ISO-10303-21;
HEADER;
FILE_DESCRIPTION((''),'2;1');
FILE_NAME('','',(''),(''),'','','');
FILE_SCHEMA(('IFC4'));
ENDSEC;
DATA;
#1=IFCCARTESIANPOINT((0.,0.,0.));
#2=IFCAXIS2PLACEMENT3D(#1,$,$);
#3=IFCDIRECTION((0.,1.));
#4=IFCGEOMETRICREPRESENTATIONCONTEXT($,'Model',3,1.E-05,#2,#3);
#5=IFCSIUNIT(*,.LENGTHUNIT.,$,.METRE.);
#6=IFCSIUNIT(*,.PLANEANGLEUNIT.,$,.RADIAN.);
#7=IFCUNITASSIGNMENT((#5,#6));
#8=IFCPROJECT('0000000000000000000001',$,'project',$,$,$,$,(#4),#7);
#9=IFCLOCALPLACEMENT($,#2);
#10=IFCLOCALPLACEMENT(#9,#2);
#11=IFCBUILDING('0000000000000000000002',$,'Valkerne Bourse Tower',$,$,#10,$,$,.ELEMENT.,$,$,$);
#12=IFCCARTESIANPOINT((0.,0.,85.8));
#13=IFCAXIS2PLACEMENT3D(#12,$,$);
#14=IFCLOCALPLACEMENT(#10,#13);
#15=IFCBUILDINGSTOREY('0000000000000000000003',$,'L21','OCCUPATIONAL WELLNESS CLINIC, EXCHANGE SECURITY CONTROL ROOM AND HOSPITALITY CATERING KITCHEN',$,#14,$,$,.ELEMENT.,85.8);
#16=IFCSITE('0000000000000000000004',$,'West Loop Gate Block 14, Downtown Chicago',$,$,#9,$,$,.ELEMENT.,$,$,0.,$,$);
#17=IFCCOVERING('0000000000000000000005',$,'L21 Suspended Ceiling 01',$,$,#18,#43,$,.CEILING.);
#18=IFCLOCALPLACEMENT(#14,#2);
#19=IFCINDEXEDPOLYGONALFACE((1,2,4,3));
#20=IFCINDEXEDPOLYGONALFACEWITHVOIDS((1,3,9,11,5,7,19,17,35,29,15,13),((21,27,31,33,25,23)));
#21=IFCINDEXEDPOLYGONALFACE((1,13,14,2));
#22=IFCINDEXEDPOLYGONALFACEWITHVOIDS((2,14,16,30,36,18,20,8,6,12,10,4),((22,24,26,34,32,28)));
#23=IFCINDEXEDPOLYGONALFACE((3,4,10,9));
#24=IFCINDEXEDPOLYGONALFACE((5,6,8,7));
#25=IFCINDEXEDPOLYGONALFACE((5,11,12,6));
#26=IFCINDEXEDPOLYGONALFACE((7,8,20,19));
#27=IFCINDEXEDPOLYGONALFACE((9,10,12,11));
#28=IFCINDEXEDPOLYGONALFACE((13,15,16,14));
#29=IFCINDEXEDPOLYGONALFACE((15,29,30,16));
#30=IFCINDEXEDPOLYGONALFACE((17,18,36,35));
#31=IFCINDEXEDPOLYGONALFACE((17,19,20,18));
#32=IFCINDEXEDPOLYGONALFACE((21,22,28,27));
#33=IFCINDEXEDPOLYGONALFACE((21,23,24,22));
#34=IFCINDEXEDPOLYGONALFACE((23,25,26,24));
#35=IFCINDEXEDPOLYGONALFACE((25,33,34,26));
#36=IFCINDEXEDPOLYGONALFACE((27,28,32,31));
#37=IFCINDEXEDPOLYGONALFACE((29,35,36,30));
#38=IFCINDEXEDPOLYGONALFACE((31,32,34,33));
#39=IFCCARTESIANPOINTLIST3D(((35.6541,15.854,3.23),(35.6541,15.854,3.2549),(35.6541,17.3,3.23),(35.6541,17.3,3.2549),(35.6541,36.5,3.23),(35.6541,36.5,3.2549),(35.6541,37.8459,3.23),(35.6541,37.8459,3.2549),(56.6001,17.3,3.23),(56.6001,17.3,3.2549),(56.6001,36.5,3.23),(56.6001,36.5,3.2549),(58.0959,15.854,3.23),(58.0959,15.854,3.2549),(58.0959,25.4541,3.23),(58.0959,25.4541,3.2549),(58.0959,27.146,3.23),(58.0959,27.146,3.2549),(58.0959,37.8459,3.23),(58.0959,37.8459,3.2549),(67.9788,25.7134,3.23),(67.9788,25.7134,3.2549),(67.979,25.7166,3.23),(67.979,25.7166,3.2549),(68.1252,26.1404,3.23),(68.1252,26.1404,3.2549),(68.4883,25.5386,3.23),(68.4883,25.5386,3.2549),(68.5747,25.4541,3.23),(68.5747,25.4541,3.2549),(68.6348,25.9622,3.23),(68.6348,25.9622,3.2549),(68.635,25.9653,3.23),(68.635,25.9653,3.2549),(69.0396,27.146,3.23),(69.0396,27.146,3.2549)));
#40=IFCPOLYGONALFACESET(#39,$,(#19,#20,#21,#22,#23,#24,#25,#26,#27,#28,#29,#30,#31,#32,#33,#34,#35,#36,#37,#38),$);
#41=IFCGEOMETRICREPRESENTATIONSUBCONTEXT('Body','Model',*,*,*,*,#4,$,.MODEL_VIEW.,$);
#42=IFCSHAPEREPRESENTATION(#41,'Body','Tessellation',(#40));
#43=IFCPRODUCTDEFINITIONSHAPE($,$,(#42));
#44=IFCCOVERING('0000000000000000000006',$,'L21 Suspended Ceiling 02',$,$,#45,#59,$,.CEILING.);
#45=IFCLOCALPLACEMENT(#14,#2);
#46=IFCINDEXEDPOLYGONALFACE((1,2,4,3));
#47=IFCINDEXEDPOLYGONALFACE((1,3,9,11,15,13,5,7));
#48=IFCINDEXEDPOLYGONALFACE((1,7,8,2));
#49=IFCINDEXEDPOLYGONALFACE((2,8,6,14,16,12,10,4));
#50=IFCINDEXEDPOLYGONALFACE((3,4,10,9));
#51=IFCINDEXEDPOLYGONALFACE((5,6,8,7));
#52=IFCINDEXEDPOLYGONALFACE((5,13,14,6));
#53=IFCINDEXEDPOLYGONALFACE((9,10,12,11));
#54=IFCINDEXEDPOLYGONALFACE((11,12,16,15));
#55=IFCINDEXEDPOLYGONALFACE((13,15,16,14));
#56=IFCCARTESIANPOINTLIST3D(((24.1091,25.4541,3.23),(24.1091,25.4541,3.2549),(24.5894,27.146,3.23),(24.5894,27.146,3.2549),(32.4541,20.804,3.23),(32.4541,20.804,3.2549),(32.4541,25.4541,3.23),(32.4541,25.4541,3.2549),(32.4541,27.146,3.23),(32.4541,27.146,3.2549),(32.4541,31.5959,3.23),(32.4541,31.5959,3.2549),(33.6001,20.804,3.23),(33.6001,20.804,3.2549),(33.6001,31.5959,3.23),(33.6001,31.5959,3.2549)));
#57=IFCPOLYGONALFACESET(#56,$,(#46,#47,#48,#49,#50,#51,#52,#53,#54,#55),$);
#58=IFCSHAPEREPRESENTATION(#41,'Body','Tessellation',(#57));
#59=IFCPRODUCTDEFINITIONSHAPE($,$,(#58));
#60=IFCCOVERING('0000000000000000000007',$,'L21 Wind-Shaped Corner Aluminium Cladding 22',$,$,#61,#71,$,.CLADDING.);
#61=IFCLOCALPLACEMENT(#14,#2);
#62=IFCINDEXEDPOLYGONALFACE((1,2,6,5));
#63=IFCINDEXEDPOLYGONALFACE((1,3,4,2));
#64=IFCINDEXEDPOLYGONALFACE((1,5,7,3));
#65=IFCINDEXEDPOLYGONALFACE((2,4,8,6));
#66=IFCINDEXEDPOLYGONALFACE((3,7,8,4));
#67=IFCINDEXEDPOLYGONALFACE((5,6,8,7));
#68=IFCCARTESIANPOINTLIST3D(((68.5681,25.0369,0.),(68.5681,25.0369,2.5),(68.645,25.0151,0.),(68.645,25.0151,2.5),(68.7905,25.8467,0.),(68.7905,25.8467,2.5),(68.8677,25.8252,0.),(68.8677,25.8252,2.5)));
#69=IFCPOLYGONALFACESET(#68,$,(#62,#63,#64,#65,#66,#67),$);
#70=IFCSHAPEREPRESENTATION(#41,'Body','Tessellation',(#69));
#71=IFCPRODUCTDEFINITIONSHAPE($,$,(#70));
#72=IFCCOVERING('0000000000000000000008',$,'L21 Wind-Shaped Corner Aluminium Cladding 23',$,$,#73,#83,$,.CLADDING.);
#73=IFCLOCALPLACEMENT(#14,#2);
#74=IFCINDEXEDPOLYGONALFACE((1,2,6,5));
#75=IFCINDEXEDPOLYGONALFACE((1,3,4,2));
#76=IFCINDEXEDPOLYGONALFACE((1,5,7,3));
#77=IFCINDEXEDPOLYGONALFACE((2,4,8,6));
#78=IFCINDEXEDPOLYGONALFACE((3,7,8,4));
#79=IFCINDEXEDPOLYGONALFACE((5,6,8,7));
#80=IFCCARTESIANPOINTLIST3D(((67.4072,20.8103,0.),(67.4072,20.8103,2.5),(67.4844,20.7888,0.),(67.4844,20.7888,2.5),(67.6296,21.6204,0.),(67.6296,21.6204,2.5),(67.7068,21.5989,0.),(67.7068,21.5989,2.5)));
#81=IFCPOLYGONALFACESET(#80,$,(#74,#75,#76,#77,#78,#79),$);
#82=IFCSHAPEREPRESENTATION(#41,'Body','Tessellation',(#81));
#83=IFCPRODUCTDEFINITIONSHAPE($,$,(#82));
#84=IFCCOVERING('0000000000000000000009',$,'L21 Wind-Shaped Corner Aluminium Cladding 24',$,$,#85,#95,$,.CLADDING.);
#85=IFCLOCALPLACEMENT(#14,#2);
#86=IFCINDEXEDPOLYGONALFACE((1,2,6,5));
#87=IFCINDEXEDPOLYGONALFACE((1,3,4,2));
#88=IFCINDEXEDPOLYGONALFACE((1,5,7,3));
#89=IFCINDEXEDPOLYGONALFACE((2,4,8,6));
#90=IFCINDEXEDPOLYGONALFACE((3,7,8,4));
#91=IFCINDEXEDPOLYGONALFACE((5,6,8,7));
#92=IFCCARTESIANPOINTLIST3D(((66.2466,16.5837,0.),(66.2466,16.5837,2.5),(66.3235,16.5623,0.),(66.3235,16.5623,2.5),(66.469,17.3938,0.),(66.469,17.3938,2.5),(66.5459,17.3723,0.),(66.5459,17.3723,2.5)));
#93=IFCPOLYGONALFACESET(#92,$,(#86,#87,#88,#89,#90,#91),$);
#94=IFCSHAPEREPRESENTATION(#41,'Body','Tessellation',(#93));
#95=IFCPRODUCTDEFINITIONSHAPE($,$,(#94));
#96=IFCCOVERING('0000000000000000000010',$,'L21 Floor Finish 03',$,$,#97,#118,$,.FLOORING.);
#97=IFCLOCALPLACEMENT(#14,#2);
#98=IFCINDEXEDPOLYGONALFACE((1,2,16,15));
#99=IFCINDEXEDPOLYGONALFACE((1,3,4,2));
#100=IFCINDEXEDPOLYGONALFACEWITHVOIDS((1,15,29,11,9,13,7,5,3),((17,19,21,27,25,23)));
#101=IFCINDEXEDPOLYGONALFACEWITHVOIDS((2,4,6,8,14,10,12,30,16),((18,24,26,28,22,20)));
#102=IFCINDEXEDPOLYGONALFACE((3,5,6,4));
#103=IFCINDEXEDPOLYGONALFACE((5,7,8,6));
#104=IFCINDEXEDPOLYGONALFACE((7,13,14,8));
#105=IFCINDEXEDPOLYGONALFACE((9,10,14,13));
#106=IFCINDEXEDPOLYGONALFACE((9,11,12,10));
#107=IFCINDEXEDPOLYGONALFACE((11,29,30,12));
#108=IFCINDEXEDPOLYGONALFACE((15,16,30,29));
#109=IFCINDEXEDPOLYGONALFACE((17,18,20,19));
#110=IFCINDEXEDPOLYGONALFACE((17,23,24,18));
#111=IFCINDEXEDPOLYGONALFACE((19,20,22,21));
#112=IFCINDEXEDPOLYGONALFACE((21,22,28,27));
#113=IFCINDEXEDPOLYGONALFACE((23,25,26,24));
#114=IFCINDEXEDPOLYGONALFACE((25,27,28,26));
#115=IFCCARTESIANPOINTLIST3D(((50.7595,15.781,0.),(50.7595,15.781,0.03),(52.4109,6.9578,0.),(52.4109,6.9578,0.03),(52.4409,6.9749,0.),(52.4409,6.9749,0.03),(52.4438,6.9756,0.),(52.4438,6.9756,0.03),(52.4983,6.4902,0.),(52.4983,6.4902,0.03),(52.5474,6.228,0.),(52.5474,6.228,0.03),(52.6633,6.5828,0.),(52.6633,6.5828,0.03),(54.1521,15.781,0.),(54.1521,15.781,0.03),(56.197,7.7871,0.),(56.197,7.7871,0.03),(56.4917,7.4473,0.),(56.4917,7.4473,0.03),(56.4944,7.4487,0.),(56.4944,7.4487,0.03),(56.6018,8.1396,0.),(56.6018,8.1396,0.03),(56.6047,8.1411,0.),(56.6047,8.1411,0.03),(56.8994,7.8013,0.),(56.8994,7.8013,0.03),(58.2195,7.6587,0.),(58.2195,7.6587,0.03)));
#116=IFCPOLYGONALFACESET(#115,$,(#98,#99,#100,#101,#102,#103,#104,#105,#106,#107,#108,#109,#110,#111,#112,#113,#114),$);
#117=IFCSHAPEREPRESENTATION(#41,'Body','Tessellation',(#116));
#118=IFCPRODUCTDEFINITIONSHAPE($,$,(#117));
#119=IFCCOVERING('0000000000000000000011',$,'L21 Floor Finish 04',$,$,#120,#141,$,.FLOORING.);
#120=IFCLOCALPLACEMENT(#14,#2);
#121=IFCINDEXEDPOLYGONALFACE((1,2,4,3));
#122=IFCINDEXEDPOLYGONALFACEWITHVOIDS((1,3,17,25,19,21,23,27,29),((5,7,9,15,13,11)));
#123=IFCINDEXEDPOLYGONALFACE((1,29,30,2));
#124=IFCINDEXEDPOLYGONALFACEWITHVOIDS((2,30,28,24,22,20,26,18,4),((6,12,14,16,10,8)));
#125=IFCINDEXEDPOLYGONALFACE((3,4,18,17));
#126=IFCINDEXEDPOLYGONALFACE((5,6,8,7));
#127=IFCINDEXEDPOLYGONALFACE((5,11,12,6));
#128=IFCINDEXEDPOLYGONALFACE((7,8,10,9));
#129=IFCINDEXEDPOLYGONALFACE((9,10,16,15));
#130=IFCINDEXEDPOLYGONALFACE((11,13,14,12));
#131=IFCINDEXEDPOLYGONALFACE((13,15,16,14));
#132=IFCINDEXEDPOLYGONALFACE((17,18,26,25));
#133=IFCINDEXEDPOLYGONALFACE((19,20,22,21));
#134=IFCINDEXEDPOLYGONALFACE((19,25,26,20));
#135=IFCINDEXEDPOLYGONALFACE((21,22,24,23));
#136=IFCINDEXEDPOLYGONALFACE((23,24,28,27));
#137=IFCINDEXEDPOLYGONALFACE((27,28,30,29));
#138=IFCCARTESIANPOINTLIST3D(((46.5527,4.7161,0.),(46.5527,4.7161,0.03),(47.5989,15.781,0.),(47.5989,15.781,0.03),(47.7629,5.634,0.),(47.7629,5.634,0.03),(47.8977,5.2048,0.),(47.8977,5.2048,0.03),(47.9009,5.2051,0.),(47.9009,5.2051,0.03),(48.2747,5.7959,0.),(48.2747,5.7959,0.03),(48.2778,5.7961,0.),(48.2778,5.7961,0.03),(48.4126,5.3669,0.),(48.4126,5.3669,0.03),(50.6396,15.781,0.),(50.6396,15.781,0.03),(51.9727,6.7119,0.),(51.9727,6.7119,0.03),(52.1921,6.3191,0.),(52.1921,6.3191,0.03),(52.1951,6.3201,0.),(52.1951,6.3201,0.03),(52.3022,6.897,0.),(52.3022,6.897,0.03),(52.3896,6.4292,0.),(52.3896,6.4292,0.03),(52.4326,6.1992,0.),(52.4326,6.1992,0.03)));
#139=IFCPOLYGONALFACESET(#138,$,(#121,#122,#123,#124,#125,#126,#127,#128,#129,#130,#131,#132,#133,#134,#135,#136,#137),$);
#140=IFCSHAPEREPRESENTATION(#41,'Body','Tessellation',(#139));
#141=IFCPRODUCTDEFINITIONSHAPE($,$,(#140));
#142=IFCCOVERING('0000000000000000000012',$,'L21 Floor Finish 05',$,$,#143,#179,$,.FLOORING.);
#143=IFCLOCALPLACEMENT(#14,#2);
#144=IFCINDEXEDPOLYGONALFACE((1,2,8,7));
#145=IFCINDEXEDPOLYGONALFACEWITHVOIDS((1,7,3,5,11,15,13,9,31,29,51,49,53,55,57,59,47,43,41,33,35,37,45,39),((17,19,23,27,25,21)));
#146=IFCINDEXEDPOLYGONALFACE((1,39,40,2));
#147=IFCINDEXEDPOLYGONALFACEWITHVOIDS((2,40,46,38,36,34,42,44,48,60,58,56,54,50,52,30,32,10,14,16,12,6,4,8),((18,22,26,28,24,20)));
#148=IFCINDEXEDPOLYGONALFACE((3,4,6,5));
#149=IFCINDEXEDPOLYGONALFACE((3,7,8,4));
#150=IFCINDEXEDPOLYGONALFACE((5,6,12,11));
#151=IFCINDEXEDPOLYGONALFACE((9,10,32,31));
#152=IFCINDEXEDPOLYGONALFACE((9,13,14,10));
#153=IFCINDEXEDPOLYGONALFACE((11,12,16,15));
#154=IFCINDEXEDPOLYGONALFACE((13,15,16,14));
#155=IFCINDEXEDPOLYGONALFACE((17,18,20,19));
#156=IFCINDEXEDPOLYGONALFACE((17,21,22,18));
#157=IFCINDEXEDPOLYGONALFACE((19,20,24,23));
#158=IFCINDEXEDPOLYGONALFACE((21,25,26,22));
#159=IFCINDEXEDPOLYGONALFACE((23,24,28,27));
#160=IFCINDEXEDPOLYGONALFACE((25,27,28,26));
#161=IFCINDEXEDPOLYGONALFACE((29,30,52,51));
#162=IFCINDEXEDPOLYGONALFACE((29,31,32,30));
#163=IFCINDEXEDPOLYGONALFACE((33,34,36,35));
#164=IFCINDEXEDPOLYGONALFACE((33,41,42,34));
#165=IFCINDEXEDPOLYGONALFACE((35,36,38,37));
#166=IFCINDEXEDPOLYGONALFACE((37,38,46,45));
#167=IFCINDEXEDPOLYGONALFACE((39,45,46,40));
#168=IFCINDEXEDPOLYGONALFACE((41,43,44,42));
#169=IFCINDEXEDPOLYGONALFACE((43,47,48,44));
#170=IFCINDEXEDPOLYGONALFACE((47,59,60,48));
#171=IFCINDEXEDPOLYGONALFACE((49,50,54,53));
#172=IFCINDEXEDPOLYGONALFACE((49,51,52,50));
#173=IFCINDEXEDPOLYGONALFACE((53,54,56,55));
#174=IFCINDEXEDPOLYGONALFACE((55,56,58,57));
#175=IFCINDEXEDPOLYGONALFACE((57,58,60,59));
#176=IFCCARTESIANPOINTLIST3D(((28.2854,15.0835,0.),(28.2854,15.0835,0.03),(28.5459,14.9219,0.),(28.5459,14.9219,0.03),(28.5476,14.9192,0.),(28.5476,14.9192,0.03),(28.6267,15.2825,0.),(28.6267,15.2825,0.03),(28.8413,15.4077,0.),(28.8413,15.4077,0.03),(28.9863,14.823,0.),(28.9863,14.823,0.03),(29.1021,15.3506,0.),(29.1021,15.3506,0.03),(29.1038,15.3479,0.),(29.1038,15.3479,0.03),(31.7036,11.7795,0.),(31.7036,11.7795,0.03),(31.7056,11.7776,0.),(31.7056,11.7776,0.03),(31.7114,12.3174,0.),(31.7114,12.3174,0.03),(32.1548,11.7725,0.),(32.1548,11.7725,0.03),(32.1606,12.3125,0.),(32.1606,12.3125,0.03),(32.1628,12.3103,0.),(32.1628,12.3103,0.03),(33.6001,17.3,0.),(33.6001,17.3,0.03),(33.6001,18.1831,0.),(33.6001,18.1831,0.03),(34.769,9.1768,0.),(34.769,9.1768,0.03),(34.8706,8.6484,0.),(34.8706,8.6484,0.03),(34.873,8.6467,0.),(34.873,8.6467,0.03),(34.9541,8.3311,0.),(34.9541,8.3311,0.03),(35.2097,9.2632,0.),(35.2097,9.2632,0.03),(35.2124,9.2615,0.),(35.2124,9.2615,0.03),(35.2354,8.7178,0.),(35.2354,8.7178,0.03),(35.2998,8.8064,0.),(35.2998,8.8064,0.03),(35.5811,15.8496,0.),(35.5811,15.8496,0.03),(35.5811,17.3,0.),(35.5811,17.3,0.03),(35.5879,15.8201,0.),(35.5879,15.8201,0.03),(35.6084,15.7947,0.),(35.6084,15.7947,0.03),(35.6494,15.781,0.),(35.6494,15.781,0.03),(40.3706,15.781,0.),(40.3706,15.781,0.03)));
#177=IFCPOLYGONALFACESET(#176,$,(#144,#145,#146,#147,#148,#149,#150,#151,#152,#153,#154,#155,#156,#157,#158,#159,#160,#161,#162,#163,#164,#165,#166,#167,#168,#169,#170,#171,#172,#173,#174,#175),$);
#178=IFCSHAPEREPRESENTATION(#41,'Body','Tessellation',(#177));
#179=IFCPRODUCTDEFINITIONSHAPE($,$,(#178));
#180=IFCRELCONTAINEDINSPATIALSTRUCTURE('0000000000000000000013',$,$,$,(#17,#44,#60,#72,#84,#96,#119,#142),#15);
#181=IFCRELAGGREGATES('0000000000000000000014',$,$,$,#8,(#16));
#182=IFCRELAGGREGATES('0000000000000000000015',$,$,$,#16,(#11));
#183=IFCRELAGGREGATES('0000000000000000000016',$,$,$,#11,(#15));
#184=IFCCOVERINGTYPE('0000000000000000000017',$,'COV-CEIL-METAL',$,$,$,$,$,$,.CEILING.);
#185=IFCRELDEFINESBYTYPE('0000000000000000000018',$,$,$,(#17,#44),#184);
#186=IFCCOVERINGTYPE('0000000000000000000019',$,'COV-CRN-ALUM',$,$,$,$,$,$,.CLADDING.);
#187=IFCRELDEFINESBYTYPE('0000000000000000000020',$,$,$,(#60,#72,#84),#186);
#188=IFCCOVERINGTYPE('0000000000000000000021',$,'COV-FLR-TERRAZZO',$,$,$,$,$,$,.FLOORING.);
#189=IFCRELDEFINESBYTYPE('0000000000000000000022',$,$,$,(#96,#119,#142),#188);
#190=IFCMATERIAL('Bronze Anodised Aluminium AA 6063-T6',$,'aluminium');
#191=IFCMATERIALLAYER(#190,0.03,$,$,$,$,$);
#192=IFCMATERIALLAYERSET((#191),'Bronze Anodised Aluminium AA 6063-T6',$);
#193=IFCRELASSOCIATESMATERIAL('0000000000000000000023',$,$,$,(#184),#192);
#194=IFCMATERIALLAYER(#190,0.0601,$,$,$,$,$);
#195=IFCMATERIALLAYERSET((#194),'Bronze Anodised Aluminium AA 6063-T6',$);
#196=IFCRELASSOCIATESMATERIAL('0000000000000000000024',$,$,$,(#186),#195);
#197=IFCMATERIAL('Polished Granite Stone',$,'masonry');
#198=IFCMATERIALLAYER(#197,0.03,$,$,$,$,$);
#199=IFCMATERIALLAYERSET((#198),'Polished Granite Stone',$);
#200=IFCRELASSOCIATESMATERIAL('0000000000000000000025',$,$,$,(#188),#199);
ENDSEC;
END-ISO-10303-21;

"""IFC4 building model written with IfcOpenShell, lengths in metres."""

from ifc_helpers import new_model, si_unit, direction, frame, origin, place, context, subcontext, project, spatial, polyline, outline, extrude, material, layer, layer_set, type_object, element, save


model = new_model("IFC4")

# Units and contexts
model_context = context("Model", 3, precision=1e-05, world=origin(), true_north=direction((0.0, 1.0)))
body_context = subcontext(model_context, "Body", "Model", "MODEL_VIEW")
ifc_project = project(units=[si_unit("LENGTHUNIT", "METRE"), si_unit("PLANEANGLEUNIT", "RADIAN")], contexts=[model_context])

# Site, building, storey
site_placement = place(None, origin())
site = spatial("IfcSite", under=ifc_project, at=site_placement, Name="West Loop Gate Block 14, Downtown Chicago", CompositionType="ELEMENT", RefElevation=0.0)
building_placement = place(site_placement, origin())
building = spatial("IfcBuilding", under=site, at=building_placement, Name="Valkerne Bourse Tower", CompositionType="ELEMENT")
storey_placement = place(building_placement, frame((0.0, 0.0, 85.8)))
storey = spatial("IfcBuildingStorey", under=building, at=storey_placement, Name="L21", Description="OCCUPATIONAL WELLNESS CLINIC, EXCHANGE SECURITY CONTROL ROOM AND HOSPITALITY CATERING KITCHEN", CompositionType="ELEMENT", Elevation=85.8)

# Coverings
ifc_material_1 = material(Name="Bronze Anodised Aluminium AA 6063-T6", Category="aluminium")
ifc_layer_1 = layer(ifc_material_1, 0.03)
ifc_layer_set_1 = layer_set([ifc_layer_1], Name="Bronze Anodised Aluminium AA 6063-T6")
covering_type_1 = type_object("IfcCoveringType", Name="COV-CEIL-METAL", PredefinedType="CEILING", material=ifc_layer_set_1)
covering_1_placement = place(storey_placement, frame((0.0, 0.0, 3.23)))
element("IfcCovering", 1, at=covering_1_placement, inside=storey, type_object=covering_type_1, Name="L21 Suspended Ceiling 01", PredefinedType="CEILING", context=body_context, shape_type="SweptSolid", body=[
    extrude(outline(polyline([(69.0396, 27.146), (68.5747, 25.4541), (58.0959, 25.4541), (58.0959, 15.854), (35.6541, 15.854), (35.6541, 17.3), (56.6001, 17.3), (56.6001, 36.5), (35.6541, 36.5), (35.6541, 37.8459), (58.0959, 37.8459), (58.0959, 27.146), (69.0396, 27.146)]), holes=[polyline([(68.6348, 25.9622), (68.635, 25.9653), (68.1252, 26.1404), (67.979, 25.7166), (67.9788, 25.7134), (68.4883, 25.5386), (68.6348, 25.9622)])]), origin(), (0.0, 0.0, 1.0), 0.0249),
])
covering_2_placement = place(storey_placement, frame((0.0, 0.0, 3.23)))
element("IfcCovering", 2, at=covering_2_placement, inside=storey, type_object=covering_type_1, Name="L21 Suspended Ceiling 02", PredefinedType="CEILING", context=body_context, shape_type="SweptSolid", body=[
    extrude(outline(polyline([(32.4541, 20.804), (32.4541, 25.4541), (24.1091, 25.4541), (24.5894, 27.146), (32.4541, 27.146), (32.4541, 31.5959), (33.6001, 31.5959), (33.6001, 20.804), (32.4541, 20.804)])), origin(), (0.0, 0.0, 1.0), 0.0249),
])
ifc_layer_2 = layer(ifc_material_1, 0.0601)
ifc_layer_set_2 = layer_set([ifc_layer_2], Name="Bronze Anodised Aluminium AA 6063-T6")
covering_type_2 = type_object("IfcCoveringType", Name="COV-CRN-ALUM", PredefinedType="CLADDING", material=ifc_layer_set_2)
covering_3_placement = place(storey_placement, origin())
element("IfcCovering", 3, at=covering_3_placement, inside=storey, type_object=covering_type_2, Name="L21 Wind-Shaped Corner Aluminium Cladding 22", PredefinedType="CLADDING", context=body_context, shape_type="SweptSolid", body=[
    extrude(outline(polyline([(68.645, 25.0151), (68.5681, 25.0369), (68.7905, 25.8467), (68.8677, 25.8252), (68.645, 25.0151)])), origin(), (0.0, 0.0, 1.0), 2.5),
])
covering_4_placement = place(storey_placement, origin())
element("IfcCovering", 4, at=covering_4_placement, inside=storey, type_object=covering_type_2, Name="L21 Wind-Shaped Corner Aluminium Cladding 23", PredefinedType="CLADDING", context=body_context, shape_type="SweptSolid", body=[
    extrude(outline(polyline([(67.4844, 20.7888), (67.4072, 20.8103), (67.6296, 21.6204), (67.7068, 21.5989), (67.4844, 20.7888)])), origin(), (0.0, 0.0, 1.0), 2.5),
])
covering_5_placement = place(storey_placement, origin())
element("IfcCovering", 5, at=covering_5_placement, inside=storey, type_object=covering_type_2, Name="L21 Wind-Shaped Corner Aluminium Cladding 24", PredefinedType="CLADDING", context=body_context, shape_type="SweptSolid", body=[
    extrude(outline(polyline([(66.3235, 16.5623), (66.2466, 16.5837), (66.469, 17.3938), (66.5459, 17.3723), (66.3235, 16.5623)])), origin(), (0.0, 0.0, 1.0), 2.5),
])
ifc_material_2 = material(Name="Polished Granite Stone", Category="masonry")
ifc_layer_3 = layer(ifc_material_2, 0.03)
ifc_layer_set_3 = layer_set([ifc_layer_3], Name="Polished Granite Stone")
covering_type_3 = type_object("IfcCoveringType", Name="COV-FLR-TERRAZZO", PredefinedType="FLOORING", material=ifc_layer_set_3)
covering_6_placement = place(storey_placement, origin())
element("IfcCovering", 6, at=covering_6_placement, inside=storey, type_object=covering_type_3, Name="L21 Floor Finish 03", PredefinedType="FLOORING", context=body_context, shape_type="SweptSolid", body=[
    extrude(outline(polyline([(54.1521, 15.781), (58.2195, 7.6587), (52.5474, 6.228), (52.4983, 6.4902), (52.6633, 6.5828), (52.4438, 6.9756), (52.4409, 6.9749), (52.4109, 6.9578), (50.7595, 15.781), (54.1521, 15.781)]), holes=[polyline([(56.4944, 7.4487), (56.8994, 7.8013), (56.6047, 8.1411), (56.6018, 8.1396), (56.197, 7.7871), (56.4917, 7.4473), (56.4944, 7.4487)])]), origin(), (0.0, 0.0, 1.0), 0.03),
])
covering_7_placement = place(storey_placement, origin())
element("IfcCovering", 7, at=covering_7_placement, inside=storey, type_object=covering_type_3, Name="L21 Floor Finish 04", PredefinedType="FLOORING", context=body_context, shape_type="SweptSolid", body=[
    extrude(outline(polyline([(50.6396, 15.781), (52.3022, 6.897), (51.9727, 6.7119), (52.1921, 6.3191), (52.1951, 6.3201), (52.3896, 6.4292), (52.4326, 6.1992), (46.5527, 4.7161), (47.5989, 15.781), (50.6396, 15.781)]), holes=[polyline([(48.4126, 5.3669), (48.2778, 5.7961), (48.2747, 5.7959), (47.7629, 5.634), (47.8977, 5.2048), (47.9009, 5.2051), (48.4126, 5.3669)])]), origin(), (0.0, 0.0, 1.0), 0.03),
])
covering_8_placement = place(storey_placement, origin())
element("IfcCovering", 8, at=covering_8_placement, inside=storey, type_object=covering_type_3, Name="L21 Floor Finish 05", PredefinedType="FLOORING", context=body_context, shape_type="SweptSolid", body=[
    extrude(outline(polyline([(35.5811, 15.8496), (35.5879, 15.8201), (35.6084, 15.7947), (35.6494, 15.781), (40.3706, 15.781), (35.2998, 8.8064), (35.2124, 9.2615), (35.2097, 9.2632), (34.769, 9.1768), (34.8706, 8.6484), (34.873, 8.6467), (35.2354, 8.7178), (34.9541, 8.3311), (28.2854, 15.0835), (28.6267, 15.2825), (28.5459, 14.9219), (28.5476, 14.9192), (28.9863, 14.823), (29.1038, 15.3479), (29.1021, 15.3506), (28.8413, 15.4077), (33.6001, 18.1831), (33.6001, 17.3), (35.5811, 17.3), (35.5811, 15.8496)]), holes=[polyline([(32.1606, 12.3125), (31.7114, 12.3174), (31.7036, 11.7795), (31.7056, 11.7776), (32.1548, 11.7725), (32.1628, 12.3103), (32.1606, 12.3125)])]), origin(), (0.0, 0.0, 1.0), 0.03),
])

save(model, "model.ifc")
